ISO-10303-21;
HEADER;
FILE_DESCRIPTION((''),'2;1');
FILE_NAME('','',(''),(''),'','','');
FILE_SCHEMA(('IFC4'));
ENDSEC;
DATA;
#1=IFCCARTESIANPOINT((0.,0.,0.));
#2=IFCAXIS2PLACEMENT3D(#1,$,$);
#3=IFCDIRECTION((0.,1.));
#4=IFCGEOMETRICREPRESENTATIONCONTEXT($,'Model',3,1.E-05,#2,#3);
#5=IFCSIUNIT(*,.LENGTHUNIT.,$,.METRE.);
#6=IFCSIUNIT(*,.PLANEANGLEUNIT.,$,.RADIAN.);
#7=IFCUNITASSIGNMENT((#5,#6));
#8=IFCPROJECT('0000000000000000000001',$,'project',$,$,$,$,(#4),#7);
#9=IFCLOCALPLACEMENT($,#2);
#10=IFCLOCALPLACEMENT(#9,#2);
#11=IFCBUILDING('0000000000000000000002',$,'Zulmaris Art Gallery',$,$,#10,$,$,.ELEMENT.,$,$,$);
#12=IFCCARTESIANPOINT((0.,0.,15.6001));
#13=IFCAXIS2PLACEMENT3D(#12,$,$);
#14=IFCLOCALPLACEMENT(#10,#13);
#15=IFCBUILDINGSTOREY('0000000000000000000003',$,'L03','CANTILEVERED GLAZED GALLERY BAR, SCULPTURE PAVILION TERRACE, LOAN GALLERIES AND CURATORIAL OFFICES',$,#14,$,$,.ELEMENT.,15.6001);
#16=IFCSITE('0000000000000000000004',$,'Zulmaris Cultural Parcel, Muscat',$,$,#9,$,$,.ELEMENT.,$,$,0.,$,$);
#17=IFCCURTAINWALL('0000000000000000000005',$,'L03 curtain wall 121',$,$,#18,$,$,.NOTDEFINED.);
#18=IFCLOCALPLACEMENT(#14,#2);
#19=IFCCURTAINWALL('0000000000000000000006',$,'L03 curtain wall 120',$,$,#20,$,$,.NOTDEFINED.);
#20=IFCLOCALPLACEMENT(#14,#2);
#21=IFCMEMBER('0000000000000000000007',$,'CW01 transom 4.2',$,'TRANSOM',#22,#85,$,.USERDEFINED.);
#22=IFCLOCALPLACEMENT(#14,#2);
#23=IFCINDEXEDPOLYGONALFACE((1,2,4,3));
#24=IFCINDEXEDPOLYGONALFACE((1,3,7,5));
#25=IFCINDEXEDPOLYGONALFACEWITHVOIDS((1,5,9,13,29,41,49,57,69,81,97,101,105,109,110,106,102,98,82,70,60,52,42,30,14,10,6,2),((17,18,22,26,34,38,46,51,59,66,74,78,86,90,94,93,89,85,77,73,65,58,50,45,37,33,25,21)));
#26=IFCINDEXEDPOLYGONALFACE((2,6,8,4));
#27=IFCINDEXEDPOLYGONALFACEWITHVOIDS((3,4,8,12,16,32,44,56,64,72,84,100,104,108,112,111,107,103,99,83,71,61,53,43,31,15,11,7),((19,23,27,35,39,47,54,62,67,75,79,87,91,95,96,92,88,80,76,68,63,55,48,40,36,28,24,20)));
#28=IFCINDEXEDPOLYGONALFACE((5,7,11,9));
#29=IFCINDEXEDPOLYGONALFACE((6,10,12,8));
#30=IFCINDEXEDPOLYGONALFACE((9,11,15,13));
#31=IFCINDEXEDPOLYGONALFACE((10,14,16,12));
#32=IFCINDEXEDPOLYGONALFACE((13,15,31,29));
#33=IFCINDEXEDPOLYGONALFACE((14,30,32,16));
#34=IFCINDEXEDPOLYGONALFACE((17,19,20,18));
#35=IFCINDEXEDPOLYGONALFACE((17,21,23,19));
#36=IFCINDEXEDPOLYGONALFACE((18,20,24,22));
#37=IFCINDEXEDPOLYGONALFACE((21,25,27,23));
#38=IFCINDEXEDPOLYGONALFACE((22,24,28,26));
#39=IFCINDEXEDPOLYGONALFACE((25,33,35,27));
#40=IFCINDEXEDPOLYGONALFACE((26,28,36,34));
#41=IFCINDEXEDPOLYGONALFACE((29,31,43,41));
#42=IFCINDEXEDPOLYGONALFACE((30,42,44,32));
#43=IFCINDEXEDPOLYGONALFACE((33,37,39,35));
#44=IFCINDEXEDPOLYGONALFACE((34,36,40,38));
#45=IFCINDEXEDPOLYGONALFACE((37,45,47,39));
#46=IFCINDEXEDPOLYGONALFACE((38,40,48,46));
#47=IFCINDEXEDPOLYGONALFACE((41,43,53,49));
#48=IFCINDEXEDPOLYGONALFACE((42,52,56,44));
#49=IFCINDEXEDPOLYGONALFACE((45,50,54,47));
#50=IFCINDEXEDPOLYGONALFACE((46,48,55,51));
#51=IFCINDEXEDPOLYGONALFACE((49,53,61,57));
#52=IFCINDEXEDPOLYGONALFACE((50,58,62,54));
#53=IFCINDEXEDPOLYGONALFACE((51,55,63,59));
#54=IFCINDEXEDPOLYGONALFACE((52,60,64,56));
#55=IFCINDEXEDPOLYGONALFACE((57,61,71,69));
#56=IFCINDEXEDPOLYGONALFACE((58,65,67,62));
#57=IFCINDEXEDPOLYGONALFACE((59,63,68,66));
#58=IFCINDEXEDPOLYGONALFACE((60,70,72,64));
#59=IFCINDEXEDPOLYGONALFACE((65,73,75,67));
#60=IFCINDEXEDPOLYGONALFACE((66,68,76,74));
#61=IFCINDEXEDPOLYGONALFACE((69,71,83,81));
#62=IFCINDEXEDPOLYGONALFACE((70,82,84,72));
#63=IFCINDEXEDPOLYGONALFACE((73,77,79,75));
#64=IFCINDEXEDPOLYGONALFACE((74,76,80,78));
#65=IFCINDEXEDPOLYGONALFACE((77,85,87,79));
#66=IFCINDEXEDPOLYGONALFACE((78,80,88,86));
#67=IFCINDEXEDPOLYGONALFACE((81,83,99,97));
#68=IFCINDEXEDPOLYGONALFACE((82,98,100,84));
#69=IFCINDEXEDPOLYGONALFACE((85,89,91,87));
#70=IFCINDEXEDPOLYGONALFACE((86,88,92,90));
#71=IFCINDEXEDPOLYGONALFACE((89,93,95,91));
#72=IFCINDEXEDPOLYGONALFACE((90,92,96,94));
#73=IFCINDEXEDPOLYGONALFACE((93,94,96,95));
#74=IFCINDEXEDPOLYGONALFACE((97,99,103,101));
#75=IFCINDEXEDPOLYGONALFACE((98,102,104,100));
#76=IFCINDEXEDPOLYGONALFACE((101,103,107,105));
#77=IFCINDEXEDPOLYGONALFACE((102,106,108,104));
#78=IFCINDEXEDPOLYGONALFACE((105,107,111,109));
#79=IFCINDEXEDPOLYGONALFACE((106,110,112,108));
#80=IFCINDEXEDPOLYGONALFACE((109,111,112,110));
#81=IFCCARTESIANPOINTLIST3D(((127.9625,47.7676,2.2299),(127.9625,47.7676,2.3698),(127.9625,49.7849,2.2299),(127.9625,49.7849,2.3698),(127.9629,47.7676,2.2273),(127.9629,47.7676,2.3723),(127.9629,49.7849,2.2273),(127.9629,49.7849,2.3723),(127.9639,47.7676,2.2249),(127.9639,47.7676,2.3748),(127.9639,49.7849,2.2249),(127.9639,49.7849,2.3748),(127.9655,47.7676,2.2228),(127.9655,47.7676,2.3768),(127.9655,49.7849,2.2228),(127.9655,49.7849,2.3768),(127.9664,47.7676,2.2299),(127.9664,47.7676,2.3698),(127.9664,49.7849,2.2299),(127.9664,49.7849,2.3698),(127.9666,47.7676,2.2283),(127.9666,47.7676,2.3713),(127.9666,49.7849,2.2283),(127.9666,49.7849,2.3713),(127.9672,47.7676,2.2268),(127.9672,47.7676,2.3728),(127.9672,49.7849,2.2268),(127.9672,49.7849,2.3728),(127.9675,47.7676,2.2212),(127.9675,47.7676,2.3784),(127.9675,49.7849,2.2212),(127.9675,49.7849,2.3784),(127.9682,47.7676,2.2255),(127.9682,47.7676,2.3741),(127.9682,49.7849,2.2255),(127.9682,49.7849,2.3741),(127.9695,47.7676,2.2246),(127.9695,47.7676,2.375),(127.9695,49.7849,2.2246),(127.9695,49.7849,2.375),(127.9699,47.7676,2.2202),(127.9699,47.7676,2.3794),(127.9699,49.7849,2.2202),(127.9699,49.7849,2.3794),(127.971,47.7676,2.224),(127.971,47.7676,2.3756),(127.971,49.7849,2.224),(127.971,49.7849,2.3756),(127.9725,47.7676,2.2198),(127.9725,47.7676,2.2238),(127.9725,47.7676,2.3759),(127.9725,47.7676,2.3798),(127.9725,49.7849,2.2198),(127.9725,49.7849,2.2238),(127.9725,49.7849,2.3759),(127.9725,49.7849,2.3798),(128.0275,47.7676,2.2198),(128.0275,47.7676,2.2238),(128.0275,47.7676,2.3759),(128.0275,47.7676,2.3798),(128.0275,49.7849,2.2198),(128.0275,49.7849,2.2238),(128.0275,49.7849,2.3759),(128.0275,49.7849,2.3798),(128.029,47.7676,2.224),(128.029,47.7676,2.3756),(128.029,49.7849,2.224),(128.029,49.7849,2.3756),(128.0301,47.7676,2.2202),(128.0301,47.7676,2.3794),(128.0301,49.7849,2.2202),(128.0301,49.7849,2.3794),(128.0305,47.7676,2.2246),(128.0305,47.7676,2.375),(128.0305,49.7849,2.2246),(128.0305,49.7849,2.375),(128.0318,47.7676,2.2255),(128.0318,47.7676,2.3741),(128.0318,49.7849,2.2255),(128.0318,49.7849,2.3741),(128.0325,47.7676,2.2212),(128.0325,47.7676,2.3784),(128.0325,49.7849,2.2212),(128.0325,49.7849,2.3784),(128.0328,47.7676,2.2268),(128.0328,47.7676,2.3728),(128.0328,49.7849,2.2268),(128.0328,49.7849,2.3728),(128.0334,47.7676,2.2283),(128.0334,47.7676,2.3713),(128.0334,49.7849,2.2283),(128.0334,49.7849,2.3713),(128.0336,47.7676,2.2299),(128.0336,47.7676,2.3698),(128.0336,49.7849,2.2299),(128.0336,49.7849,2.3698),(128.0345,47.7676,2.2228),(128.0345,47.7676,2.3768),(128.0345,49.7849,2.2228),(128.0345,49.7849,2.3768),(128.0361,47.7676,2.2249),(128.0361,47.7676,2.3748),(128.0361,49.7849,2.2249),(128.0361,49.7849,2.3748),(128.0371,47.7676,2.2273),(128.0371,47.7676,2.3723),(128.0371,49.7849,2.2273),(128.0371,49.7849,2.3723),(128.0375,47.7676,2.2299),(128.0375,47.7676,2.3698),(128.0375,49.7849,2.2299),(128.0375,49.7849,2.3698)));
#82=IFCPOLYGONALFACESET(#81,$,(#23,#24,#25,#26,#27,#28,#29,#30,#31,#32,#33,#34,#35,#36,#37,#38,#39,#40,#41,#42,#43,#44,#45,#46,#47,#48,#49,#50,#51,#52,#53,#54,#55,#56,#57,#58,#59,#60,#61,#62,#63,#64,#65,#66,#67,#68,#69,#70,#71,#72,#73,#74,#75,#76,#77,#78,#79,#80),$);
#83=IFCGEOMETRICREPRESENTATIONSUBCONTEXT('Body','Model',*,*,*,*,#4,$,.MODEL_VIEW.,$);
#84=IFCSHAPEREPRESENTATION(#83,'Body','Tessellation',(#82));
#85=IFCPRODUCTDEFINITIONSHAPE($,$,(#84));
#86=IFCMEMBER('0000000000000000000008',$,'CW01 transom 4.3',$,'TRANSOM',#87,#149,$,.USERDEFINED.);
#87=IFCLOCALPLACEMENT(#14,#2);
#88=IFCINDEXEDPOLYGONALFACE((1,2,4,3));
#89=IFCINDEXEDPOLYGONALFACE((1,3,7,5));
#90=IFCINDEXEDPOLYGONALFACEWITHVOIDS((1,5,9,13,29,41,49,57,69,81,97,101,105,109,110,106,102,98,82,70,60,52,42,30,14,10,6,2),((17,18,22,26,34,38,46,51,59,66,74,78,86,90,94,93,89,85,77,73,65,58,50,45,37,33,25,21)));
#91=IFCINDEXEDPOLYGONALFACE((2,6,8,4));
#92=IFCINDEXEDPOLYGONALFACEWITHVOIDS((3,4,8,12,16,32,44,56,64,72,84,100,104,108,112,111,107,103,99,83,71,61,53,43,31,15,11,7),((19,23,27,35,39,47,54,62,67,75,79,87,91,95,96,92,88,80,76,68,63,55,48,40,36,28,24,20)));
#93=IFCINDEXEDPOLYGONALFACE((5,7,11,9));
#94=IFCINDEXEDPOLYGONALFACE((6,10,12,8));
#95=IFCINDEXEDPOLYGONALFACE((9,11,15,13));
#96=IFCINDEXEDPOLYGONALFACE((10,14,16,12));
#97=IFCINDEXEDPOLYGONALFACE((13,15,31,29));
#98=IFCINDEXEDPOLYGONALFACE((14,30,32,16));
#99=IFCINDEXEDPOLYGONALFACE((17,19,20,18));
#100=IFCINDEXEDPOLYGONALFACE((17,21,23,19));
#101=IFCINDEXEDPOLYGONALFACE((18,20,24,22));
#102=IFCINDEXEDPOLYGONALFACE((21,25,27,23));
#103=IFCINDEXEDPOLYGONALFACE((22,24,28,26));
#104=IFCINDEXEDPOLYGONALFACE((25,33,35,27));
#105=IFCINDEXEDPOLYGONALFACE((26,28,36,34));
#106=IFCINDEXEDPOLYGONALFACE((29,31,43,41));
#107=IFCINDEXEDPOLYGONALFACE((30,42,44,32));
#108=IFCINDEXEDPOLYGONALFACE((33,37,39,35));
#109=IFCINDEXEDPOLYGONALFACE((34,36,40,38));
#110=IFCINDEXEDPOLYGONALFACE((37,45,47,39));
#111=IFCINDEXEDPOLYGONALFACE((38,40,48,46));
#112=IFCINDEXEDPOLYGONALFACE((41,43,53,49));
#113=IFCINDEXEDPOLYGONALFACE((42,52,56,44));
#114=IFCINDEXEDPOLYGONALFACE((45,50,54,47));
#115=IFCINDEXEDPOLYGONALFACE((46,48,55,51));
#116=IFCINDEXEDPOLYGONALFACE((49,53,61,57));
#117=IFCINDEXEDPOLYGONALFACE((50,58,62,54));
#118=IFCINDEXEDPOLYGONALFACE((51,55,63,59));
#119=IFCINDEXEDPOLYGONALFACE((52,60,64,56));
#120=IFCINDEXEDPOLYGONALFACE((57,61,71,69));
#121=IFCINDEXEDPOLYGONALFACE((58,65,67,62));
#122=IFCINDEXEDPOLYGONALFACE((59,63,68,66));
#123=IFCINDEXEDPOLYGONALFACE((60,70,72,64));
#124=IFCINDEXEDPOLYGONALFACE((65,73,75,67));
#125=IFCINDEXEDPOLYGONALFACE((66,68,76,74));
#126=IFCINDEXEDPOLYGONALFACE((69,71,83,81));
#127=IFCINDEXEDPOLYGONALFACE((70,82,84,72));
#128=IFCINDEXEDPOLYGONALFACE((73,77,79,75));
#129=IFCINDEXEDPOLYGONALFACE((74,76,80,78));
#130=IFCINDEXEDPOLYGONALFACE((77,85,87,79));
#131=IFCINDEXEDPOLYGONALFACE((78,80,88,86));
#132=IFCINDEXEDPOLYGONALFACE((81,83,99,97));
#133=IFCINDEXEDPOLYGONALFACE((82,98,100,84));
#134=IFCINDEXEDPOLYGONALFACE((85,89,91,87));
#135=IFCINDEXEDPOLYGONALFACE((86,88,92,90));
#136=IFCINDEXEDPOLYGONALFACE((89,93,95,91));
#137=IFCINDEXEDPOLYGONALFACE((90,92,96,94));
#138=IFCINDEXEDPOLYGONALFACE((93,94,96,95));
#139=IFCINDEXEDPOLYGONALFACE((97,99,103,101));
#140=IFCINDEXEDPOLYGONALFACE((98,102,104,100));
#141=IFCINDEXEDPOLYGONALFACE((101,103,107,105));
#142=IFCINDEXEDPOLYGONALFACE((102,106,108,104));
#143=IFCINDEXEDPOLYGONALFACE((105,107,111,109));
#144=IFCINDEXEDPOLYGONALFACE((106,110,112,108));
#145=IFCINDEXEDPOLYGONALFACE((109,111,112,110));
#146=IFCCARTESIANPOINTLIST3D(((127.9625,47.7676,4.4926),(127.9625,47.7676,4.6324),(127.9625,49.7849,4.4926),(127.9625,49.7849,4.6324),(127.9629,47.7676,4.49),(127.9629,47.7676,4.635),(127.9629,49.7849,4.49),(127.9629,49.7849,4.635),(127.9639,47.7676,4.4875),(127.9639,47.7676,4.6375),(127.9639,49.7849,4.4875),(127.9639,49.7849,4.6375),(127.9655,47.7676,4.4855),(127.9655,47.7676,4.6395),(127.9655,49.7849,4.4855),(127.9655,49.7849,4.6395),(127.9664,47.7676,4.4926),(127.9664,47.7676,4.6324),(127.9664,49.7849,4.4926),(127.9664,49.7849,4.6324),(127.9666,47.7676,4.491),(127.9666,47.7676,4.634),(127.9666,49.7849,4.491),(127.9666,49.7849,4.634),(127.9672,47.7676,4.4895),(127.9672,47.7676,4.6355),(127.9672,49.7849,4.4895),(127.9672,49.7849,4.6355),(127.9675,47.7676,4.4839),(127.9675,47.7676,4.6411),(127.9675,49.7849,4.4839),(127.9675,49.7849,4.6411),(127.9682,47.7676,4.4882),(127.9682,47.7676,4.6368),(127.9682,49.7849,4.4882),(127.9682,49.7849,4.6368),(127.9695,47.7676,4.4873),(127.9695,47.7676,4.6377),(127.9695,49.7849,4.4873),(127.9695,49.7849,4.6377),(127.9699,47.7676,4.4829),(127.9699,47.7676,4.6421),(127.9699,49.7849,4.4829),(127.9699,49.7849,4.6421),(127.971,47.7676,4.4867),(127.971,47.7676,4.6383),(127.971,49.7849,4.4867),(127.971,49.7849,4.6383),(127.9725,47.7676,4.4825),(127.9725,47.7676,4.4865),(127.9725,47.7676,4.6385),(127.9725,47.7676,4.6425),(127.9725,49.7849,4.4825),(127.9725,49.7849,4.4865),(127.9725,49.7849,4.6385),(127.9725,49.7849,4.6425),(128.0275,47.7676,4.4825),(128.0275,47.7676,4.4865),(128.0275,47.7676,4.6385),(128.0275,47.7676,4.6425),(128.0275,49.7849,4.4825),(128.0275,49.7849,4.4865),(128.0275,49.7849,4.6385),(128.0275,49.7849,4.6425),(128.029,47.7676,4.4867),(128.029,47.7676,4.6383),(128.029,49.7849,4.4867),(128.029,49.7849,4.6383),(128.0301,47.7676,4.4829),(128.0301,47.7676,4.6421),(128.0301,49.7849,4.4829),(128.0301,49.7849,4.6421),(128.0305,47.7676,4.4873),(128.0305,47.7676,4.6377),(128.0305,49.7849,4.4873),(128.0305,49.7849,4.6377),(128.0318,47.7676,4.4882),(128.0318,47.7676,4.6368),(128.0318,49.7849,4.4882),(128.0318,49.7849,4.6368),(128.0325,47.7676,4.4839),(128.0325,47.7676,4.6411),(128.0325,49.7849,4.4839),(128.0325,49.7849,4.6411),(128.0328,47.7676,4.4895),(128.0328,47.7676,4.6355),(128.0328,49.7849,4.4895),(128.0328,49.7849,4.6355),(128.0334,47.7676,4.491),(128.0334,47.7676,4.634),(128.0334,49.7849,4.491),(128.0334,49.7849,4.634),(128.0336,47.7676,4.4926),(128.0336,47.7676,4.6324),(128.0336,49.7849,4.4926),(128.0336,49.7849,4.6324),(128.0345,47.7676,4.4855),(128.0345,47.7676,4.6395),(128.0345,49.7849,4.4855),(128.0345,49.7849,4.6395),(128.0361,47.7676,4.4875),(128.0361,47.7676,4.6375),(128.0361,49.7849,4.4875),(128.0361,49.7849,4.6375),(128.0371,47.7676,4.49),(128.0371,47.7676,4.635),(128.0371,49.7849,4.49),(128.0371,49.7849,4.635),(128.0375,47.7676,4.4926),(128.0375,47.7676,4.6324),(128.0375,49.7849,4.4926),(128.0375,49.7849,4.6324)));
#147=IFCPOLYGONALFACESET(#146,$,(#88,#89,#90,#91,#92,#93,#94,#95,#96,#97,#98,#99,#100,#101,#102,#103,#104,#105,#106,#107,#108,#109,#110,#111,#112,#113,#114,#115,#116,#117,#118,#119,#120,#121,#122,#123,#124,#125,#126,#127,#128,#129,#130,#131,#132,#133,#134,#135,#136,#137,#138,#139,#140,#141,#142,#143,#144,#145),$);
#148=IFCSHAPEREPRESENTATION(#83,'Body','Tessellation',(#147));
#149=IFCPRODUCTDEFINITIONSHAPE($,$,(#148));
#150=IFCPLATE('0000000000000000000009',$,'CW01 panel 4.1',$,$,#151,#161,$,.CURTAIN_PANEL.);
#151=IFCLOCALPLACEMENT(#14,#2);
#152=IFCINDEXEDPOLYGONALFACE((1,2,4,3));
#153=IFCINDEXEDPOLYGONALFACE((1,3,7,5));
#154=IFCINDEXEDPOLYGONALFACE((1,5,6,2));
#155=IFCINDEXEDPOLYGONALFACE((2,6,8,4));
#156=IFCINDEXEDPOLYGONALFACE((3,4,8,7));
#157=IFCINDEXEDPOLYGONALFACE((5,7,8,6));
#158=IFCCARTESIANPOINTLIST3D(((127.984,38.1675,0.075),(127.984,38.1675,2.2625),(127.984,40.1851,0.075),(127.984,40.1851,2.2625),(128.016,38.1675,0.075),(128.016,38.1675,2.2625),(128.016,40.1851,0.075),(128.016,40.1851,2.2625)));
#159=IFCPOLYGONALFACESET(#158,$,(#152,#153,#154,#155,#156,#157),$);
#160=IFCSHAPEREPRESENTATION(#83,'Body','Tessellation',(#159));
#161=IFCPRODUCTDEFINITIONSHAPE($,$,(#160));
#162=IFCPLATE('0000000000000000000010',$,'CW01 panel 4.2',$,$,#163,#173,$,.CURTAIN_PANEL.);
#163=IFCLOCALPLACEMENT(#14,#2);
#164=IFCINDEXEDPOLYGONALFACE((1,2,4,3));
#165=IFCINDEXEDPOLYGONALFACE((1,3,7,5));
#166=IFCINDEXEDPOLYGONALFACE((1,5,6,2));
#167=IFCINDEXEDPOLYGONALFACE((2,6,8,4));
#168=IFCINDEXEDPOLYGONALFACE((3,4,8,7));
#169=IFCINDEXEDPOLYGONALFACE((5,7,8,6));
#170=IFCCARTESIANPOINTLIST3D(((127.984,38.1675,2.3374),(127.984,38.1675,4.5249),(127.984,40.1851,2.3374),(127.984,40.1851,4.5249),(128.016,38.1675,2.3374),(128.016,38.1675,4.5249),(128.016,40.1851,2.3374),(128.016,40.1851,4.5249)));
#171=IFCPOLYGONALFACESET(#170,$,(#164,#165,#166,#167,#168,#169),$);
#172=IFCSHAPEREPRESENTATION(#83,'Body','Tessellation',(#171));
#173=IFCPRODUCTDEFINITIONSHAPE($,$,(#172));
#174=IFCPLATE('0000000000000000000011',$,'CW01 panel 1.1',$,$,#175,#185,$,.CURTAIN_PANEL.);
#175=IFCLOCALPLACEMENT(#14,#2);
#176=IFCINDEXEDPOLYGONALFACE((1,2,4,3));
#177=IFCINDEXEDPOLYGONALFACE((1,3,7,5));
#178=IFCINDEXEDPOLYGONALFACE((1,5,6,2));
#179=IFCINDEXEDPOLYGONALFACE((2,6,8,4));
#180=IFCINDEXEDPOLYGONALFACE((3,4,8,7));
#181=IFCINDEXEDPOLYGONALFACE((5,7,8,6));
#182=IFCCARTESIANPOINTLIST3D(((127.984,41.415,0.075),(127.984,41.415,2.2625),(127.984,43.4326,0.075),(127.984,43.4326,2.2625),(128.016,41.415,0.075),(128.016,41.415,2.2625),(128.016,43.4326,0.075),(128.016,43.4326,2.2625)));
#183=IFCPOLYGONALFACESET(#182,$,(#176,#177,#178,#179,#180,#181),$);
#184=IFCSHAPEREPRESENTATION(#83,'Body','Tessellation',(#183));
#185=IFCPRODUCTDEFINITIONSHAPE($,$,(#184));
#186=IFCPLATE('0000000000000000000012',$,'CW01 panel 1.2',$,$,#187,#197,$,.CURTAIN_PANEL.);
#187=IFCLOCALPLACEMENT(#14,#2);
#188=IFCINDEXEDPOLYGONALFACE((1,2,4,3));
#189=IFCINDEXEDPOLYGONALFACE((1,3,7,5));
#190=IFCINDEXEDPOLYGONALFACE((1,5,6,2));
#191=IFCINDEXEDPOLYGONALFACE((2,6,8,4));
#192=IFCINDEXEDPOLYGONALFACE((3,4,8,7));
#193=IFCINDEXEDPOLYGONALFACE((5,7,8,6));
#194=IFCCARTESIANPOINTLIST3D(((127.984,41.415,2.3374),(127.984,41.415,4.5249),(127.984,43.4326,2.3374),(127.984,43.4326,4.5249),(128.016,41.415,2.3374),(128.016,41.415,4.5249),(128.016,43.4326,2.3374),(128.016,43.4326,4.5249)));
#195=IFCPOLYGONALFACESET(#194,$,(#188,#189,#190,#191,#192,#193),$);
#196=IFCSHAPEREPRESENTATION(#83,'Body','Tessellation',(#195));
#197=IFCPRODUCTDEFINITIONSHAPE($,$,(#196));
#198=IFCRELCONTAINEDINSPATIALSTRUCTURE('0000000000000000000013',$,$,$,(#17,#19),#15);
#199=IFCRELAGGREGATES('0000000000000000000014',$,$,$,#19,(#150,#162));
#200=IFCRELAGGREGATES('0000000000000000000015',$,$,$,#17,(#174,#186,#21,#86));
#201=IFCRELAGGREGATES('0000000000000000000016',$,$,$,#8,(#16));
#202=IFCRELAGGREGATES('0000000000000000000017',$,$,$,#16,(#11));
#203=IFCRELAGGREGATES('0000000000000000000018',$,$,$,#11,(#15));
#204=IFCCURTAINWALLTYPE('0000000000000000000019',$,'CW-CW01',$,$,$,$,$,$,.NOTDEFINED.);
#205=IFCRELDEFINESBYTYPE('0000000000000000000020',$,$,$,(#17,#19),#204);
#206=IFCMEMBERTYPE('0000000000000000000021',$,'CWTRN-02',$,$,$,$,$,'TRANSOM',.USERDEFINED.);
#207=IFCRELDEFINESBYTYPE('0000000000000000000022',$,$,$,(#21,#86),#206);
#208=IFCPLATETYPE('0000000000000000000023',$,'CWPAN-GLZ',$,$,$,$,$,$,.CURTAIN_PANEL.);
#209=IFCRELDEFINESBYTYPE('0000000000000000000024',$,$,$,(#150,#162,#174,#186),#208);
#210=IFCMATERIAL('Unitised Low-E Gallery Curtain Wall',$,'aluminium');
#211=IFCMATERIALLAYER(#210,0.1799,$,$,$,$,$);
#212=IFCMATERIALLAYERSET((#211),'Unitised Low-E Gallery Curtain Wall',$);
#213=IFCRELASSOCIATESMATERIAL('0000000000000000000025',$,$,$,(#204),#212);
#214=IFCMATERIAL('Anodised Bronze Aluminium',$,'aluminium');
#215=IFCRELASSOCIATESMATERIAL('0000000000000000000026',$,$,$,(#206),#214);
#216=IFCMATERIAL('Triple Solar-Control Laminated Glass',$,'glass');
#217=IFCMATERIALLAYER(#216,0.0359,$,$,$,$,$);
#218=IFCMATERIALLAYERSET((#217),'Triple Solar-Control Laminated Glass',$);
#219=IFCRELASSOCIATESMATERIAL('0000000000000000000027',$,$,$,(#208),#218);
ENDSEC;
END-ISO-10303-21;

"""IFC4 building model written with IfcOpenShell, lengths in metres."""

from ifc_helpers import new_model, si_unit, direction, frame, origin, origin_2d, place, context, subcontext, project, spatial, rectangle, hollow_rectangle, extrude, material, layer, layer_set, material_profile, profile_set, type_object, element, aggregate, save


model = new_model("IFC4")

# Units and contexts
model_context = context("Model", 3, precision=1e-05, world=origin(), true_north=direction((0.0, 1.0)))
body_context = subcontext(model_context, "Body", "Model", "MODEL_VIEW")
ifc_project = project(units=[si_unit("LENGTHUNIT", "METRE"), si_unit("PLANEANGLEUNIT", "RADIAN")], contexts=[model_context])

# Site, building, storey
site_placement = place(None, origin())
site = spatial("IfcSite", under=ifc_project, at=site_placement, Name="Zulmaris Cultural Parcel, Muscat", CompositionType="ELEMENT", RefElevation=0.0)
building_placement = place(site_placement, origin())
building = spatial("IfcBuilding", under=site, at=building_placement, Name="Zulmaris Art Gallery", CompositionType="ELEMENT")
storey_placement = place(building_placement, frame((0.0, 0.0, 15.6001)))
storey = spatial("IfcBuildingStorey", under=building, at=storey_placement, Name="L03", Description="CANTILEVERED GLAZED GALLERY BAR, SCULPTURE PAVILION TERRACE, LOAN GALLERIES AND CURATORIAL OFFICES", CompositionType="ELEMENT", Elevation=15.6001)

# Curtain walls
ifc_material_1 = material(Name="Unitised Low-E Gallery Curtain Wall", Category="aluminium")
ifc_layer_1 = layer(ifc_material_1, 0.1799)
ifc_layer_set_1 = layer_set([ifc_layer_1], Name="Unitised Low-E Gallery Curtain Wall")
curtain_wall_type = type_object("IfcCurtainWallType", Name="CW-CW01", PredefinedType="NOTDEFINED", material=ifc_layer_set_1)
curtain_wall_1_placement = place(storey_placement, origin())
curtain_wall_1 = element("IfcCurtainWall", 1, at=curtain_wall_1_placement, inside=storey, type_object=curtain_wall_type, Name="L03 curtain wall 121", PredefinedType="NOTDEFINED")
ifc_material_2 = material(Name="Anodised Bronze Aluminium", Category="aluminium")
curtain_wall_2_placement = place(storey_placement, origin())
curtain_wall_2 = element("IfcCurtainWall", 2, at=curtain_wall_2_placement, inside=storey, type_object=curtain_wall_type, Name="L03 curtain wall 120", PredefinedType="NOTDEFINED")
ifc_material_profile_1 = material_profile(ifc_material_2, hollow_rectangle(XDim=0.075, YDim=0.1599, WallThickness=0.0039, InnerFilletRadius=0.0061, OuterFilletRadius=0.01, at=origin_2d()), Name="ALU 75x160x4")
ifc_profile_set_1 = profile_set([ifc_material_profile_1], Name="Anodised Bronze Aluminium")
member_type_1 = type_object("IfcMemberType", Name="CWTRN-02", ElementType="TRANSOM", PredefinedType="USERDEFINED", material=ifc_profile_set_1)

# Members
member_1_placement = place(storey_placement, frame((128.0, 47.7676, 2.2998), z_axis=(0.0, 1.0, 0.0), x_axis=(-1.0, 0.0, 0.0)))
member_1 = element("IfcMember", 3, at=member_1_placement, type_object=member_type_1, Name="CW01 transom 4.2", ObjectType="TRANSOM", PredefinedType="USERDEFINED", context=body_context, shape_type="SweptSolid", body=[
    extrude(hollow_rectangle(XDim=0.075, YDim=0.1599, WallThickness=0.0039, InnerFilletRadius=0.0061, OuterFilletRadius=0.01, at=origin_2d()), origin(), (0.0, 0.0, 1.0), 2.0173),
])
member_2_placement = place(storey_placement, frame((128.0, 47.7676, 4.5625), z_axis=(0.0, 1.0, 0.0), x_axis=(-1.0, 0.0, 0.0)))
member_2 = element("IfcMember", 4, at=member_2_placement, type_object=member_type_1, Name="CW01 transom 4.3", ObjectType="TRANSOM", PredefinedType="USERDEFINED", context=body_context, shape_type="SweptSolid", body=[
    extrude(hollow_rectangle(XDim=0.075, YDim=0.1599, WallThickness=0.0039, InnerFilletRadius=0.0061, OuterFilletRadius=0.01, at=origin_2d()), origin(), (0.0, 0.0, 1.0), 2.0173),
])

# Plates
ifc_material_3 = material(Name="Triple Solar-Control Laminated Glass", Category="glass")
ifc_layer_2 = layer(ifc_material_3, 0.0359)
ifc_layer_set_2 = layer_set([ifc_layer_2], Name="Triple Solar-Control Laminated Glass")
plate_type = type_object("IfcPlateType", Name="CWPAN-GLZ", PredefinedType="CURTAIN_PANEL", material=ifc_layer_set_2)
plate_1_placement = place(storey_placement, frame((128.0, 39.1763, 0.075), z_axis=(0.0, 0.0, 1.0), x_axis=(0.0, 1.0, 0.0)))
plate_1 = element("IfcPlate", 5, at=plate_1_placement, type_object=plate_type, Name="CW01 panel 4.1", PredefinedType="CURTAIN_PANEL", context=body_context, shape_type="SweptSolid", body=[
    extrude(rectangle(XDim=2.0176, YDim=0.032, at=origin_2d()), origin(), (0.0, 0.0, 1.0), 2.1875),
])
plate_2_placement = place(storey_placement, frame((128.0, 39.1763, 2.3374), z_axis=(0.0, 0.0, 1.0), x_axis=(0.0, 1.0, 0.0)))
plate_2 = element("IfcPlate", 6, at=plate_2_placement, type_object=plate_type, Name="CW01 panel 4.2", PredefinedType="CURTAIN_PANEL", context=body_context, shape_type="SweptSolid", body=[
    extrude(rectangle(XDim=2.0176, YDim=0.032, at=origin_2d()), origin(), (0.0, 0.0, 1.0), 2.1875),
])
aggregate(curtain_wall_2, [plate_1, plate_2])
plate_3_placement = place(storey_placement, frame((128.0, 42.4238, 0.075), z_axis=(0.0, 0.0, 1.0), x_axis=(0.0, 1.0, 0.0)))
plate_3 = element("IfcPlate", 7, at=plate_3_placement, type_object=plate_type, Name="CW01 panel 1.1", PredefinedType="CURTAIN_PANEL", context=body_context, shape_type="SweptSolid", body=[
    extrude(rectangle(XDim=2.0176, YDim=0.032, at=origin_2d()), origin(), (0.0, 0.0, 1.0), 2.1875),
])
plate_4_placement = place(storey_placement, frame((128.0, 42.4238, 2.3374), z_axis=(0.0, 0.0, 1.0), x_axis=(0.0, 1.0, 0.0)))
plate_4 = element("IfcPlate", 8, at=plate_4_placement, type_object=plate_type, Name="CW01 panel 1.2", PredefinedType="CURTAIN_PANEL", context=body_context, shape_type="SweptSolid", body=[
    extrude(rectangle(XDim=2.0176, YDim=0.032, at=origin_2d()), origin(), (0.0, 0.0, 1.0), 2.1875),
])
aggregate(curtain_wall_1, [plate_3, plate_4, member_1, member_2])

save(model, "model.ifc")
